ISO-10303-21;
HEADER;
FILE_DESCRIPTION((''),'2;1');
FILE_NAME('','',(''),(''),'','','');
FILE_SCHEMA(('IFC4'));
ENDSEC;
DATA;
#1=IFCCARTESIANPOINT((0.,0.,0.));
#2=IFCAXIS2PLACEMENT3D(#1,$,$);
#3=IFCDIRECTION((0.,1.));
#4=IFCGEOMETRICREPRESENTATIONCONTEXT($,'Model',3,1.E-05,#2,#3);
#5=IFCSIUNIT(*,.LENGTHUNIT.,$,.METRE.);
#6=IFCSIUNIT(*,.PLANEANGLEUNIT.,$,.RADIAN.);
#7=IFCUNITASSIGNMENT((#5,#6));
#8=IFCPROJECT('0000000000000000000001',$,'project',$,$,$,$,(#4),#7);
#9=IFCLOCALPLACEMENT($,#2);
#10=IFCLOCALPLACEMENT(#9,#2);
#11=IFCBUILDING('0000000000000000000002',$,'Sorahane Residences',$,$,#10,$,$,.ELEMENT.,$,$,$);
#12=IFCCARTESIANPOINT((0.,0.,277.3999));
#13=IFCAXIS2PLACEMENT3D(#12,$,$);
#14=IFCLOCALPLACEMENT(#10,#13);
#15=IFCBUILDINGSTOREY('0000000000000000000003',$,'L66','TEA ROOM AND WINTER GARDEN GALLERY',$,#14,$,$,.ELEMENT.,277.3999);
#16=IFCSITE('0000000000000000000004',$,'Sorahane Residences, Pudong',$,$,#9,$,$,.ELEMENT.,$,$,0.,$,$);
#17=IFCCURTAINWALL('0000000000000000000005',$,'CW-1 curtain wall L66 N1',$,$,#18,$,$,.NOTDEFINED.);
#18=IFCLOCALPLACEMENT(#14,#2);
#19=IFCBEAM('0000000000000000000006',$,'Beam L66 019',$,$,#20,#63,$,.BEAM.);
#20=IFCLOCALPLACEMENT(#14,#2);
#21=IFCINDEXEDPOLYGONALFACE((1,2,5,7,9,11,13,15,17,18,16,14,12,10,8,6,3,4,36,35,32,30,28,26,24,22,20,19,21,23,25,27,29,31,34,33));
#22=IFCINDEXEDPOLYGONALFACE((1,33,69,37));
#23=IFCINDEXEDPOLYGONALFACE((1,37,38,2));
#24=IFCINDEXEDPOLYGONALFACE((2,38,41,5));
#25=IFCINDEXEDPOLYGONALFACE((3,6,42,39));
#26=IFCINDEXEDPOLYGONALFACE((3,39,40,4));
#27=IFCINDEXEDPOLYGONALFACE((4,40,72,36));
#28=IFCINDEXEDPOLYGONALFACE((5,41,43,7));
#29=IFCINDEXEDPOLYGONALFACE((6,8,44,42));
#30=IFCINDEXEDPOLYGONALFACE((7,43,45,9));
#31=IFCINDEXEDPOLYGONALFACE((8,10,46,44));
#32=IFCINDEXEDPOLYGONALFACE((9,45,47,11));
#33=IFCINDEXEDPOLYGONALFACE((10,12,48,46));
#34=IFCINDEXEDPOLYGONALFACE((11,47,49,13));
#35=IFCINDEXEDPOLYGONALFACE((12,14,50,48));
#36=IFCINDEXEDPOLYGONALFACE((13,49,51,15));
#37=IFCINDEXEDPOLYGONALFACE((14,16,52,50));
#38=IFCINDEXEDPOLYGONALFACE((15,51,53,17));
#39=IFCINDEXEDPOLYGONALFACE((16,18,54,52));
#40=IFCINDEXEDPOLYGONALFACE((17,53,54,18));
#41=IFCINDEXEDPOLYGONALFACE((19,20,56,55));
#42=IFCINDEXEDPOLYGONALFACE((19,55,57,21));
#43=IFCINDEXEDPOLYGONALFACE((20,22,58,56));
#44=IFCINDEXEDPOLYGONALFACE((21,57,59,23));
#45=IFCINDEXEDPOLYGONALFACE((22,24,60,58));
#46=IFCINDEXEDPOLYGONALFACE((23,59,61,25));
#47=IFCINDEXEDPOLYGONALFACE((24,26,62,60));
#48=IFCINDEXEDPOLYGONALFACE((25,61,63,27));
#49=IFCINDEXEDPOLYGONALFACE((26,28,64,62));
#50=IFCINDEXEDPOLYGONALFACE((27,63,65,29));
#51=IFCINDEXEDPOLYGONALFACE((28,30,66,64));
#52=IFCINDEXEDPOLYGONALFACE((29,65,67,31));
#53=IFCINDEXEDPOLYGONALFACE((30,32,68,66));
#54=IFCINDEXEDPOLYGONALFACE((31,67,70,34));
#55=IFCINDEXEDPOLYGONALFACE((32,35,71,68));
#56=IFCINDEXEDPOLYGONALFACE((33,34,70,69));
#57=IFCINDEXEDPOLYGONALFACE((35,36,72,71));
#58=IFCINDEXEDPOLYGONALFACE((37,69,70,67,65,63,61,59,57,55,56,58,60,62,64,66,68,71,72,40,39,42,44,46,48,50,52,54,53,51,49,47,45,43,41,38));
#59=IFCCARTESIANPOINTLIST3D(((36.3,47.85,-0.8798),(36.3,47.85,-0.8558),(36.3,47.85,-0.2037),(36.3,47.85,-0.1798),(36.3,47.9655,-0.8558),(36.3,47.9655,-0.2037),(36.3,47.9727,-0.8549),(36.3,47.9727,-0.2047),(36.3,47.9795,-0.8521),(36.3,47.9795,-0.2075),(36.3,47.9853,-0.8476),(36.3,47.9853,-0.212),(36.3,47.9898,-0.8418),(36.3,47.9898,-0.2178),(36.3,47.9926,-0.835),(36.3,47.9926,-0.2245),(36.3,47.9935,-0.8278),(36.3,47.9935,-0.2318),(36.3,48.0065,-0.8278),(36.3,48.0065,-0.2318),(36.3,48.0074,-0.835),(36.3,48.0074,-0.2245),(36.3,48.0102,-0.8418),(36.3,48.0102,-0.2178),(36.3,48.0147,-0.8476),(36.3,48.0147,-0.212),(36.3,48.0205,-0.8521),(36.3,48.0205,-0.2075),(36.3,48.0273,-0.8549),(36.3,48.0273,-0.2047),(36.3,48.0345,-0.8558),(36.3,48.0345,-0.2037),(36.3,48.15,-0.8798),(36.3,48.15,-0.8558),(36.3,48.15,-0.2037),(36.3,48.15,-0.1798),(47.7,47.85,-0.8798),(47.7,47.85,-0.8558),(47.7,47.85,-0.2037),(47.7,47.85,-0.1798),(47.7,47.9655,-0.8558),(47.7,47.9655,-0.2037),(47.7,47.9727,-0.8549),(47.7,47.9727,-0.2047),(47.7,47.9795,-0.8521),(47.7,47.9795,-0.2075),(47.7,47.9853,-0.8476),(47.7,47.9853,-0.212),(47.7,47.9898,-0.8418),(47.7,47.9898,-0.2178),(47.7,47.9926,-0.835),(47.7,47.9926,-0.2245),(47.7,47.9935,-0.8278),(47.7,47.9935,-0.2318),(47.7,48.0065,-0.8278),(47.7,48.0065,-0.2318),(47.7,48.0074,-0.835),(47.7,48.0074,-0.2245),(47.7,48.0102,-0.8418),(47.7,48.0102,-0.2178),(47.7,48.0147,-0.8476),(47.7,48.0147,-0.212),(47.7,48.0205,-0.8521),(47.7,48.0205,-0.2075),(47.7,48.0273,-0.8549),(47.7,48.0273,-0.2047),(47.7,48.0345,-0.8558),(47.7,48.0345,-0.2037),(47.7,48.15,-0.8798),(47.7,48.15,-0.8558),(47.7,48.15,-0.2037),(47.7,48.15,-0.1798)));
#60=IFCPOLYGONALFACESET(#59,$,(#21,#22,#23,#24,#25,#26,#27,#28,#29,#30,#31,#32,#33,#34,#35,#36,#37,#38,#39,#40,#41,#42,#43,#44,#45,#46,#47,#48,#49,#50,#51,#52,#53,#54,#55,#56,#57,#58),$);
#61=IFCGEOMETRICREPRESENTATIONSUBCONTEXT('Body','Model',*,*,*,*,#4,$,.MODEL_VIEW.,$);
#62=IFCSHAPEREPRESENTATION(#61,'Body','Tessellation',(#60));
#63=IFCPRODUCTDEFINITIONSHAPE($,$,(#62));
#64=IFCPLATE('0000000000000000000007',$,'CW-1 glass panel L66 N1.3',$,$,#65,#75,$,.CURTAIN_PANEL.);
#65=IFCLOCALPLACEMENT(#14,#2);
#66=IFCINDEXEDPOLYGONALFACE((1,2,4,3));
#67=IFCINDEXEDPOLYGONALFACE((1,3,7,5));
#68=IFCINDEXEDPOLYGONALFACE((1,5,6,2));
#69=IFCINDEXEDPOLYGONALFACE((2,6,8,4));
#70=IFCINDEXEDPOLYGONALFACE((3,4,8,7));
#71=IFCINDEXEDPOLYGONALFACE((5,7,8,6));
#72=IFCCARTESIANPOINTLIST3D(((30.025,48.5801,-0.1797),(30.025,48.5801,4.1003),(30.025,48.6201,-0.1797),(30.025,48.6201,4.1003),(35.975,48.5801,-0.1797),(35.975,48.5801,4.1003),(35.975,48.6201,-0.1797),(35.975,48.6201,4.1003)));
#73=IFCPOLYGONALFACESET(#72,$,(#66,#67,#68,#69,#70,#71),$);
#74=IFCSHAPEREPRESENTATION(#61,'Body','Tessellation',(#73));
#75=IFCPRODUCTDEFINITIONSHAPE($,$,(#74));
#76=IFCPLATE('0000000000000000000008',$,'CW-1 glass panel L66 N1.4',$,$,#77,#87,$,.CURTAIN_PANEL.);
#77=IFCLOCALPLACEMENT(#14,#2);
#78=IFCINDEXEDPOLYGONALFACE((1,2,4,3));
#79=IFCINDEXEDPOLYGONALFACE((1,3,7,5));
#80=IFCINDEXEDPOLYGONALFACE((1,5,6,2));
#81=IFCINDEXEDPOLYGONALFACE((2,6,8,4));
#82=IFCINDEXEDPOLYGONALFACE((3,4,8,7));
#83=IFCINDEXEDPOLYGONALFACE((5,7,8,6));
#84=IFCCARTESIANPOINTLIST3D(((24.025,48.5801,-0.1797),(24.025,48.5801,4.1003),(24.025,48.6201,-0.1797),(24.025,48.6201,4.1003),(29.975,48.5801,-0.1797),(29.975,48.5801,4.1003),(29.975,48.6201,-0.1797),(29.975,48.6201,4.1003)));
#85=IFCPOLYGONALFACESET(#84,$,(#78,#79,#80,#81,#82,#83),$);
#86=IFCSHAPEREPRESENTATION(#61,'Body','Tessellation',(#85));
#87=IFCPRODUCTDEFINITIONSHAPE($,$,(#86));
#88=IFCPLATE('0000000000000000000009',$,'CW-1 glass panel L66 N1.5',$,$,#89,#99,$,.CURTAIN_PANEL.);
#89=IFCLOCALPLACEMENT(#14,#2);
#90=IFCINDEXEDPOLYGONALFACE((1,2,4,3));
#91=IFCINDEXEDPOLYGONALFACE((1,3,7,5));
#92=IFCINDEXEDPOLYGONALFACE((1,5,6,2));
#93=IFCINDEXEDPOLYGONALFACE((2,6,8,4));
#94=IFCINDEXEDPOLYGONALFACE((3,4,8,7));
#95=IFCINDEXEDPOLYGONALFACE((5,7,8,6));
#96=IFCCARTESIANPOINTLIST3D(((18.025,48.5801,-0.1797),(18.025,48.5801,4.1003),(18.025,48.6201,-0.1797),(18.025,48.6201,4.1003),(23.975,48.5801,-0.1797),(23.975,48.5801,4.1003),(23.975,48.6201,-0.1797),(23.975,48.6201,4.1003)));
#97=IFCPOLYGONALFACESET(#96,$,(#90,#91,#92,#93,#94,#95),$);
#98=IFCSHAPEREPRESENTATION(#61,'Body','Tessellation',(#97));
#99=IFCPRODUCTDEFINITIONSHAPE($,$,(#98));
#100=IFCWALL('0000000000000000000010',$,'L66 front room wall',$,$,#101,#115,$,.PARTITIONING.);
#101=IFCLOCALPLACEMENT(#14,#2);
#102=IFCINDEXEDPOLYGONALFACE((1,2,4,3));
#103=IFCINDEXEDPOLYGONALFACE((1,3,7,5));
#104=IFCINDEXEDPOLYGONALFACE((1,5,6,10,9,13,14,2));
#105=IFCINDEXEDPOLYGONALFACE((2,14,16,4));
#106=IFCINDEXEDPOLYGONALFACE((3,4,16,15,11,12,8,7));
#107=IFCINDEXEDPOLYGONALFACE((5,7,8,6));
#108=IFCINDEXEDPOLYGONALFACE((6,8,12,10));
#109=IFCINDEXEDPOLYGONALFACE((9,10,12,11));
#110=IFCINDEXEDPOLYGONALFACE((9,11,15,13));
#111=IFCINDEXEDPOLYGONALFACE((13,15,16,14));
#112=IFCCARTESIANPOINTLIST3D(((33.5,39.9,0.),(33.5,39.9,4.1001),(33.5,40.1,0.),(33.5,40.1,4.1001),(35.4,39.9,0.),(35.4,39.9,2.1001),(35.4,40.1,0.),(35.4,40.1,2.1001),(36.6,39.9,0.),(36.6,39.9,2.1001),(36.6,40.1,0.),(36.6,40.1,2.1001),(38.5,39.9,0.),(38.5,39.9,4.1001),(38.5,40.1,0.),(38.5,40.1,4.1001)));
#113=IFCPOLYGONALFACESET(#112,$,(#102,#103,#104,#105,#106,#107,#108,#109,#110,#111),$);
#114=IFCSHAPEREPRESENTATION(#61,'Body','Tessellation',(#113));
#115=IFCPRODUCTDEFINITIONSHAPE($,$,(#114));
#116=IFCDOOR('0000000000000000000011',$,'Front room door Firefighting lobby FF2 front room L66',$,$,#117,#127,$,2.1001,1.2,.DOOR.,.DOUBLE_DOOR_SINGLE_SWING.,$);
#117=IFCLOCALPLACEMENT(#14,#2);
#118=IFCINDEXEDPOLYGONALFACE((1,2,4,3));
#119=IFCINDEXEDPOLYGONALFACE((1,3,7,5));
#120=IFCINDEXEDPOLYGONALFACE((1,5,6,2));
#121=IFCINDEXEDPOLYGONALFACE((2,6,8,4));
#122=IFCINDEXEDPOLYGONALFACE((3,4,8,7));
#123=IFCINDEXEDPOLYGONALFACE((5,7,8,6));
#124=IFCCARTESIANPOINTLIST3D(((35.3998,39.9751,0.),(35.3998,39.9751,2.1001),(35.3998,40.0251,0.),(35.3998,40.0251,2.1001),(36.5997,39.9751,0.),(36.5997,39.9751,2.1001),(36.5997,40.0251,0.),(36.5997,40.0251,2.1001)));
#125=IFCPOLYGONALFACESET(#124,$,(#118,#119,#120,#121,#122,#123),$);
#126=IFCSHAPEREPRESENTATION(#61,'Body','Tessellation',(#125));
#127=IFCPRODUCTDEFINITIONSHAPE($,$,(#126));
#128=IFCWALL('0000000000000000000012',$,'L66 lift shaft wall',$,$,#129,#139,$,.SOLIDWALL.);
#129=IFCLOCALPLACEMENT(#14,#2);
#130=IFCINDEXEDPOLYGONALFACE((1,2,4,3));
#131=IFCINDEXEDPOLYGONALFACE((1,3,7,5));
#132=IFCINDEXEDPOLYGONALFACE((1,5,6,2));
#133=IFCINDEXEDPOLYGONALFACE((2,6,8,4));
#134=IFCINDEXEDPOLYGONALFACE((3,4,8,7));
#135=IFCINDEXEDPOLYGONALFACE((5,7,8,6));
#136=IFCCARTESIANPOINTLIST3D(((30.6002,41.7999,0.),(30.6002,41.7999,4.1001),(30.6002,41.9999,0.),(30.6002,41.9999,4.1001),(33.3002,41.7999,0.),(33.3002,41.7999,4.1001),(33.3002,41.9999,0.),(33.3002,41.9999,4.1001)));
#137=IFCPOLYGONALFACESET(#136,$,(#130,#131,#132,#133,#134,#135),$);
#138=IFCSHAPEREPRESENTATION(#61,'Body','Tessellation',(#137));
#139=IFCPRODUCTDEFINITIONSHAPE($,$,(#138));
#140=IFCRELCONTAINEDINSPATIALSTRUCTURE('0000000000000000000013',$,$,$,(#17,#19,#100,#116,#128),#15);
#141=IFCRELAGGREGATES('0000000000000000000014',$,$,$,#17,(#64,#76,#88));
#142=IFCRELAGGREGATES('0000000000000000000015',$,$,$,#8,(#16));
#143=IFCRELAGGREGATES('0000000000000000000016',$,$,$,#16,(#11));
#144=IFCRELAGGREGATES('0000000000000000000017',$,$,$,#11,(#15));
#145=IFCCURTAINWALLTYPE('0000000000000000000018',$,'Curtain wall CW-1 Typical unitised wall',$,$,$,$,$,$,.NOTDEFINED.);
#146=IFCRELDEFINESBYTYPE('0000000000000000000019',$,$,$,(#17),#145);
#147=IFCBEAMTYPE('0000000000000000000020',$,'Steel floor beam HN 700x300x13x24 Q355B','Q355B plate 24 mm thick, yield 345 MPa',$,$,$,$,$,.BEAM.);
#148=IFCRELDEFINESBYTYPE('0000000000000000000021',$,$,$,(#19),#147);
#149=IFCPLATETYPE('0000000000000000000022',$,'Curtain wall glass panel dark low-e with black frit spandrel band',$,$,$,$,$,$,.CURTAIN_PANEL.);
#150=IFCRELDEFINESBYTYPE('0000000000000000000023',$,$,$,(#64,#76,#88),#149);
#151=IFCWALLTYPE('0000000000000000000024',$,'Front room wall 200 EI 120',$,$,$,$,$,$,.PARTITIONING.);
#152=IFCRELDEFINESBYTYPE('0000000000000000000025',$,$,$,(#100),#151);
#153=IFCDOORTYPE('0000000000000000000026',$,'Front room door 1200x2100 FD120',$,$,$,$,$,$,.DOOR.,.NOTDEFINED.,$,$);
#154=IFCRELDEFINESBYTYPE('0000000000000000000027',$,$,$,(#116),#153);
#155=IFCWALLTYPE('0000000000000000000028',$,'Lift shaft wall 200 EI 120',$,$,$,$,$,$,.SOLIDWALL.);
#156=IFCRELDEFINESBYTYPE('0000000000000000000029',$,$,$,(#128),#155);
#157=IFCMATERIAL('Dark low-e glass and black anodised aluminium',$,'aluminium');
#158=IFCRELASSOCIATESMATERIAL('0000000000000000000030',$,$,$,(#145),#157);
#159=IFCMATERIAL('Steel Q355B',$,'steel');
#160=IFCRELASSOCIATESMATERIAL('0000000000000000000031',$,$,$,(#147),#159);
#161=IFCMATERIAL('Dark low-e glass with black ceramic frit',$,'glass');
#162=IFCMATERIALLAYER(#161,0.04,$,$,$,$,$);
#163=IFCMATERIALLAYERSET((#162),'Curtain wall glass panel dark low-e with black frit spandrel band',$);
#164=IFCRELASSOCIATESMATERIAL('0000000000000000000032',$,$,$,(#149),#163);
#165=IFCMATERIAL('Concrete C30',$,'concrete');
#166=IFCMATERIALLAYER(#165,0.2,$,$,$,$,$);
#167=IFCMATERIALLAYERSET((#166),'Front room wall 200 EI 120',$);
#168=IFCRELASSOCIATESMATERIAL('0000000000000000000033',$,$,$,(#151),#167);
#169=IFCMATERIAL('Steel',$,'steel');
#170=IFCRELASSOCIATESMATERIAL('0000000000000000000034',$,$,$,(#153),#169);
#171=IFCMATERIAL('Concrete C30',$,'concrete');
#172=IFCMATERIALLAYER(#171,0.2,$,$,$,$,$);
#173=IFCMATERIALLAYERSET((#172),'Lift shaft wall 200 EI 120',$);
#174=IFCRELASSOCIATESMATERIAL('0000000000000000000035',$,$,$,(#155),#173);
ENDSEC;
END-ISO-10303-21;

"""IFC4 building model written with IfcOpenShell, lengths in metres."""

from ifc_helpers import new_model, si_unit, direction, frame, frame_2d, origin, origin_2d, place, context, subcontext, project, spatial, rectangle, i_section, extrude, material, layer, layer_set, material_profile, profile_set, type_object, element, fill, aggregate, save


model = new_model("IFC4")

# Units and contexts
model_context = context("Model", 3, precision=1e-05, world=origin(), true_north=direction((0.0, 1.0)))
body_context = subcontext(model_context, "Body", "Model", "MODEL_VIEW")
ifc_project = project(units=[si_unit("LENGTHUNIT", "METRE"), si_unit("PLANEANGLEUNIT", "RADIAN")], contexts=[model_context])

# Site, building, storey
site_placement = place(None, origin())
site = spatial("IfcSite", under=ifc_project, at=site_placement, Name="Sorahane Residences, Pudong", CompositionType="ELEMENT", RefElevation=0.0)
building_placement = place(site_placement, origin())
building = spatial("IfcBuilding", under=site, at=building_placement, Name="Sorahane Residences", CompositionType="ELEMENT")
storey_placement = place(building_placement, frame((0.0, 0.0, 277.3999)))
storey = spatial("IfcBuildingStorey", under=building, at=storey_placement, Name="L66", Description="TEA ROOM AND WINTER GARDEN GALLERY", CompositionType="ELEMENT", Elevation=277.3999)

# Curtain wall
ifc_material_1 = material(Name="Dark low-e glass and black anodised aluminium", Category="aluminium")
curtain_wall_type = type_object("IfcCurtainWallType", Name="Curtain wall CW-1 Typical unitised wall", PredefinedType="NOTDEFINED", material=ifc_material_1)
curtain_wall_placement = place(storey_placement, origin())
curtain_wall = element("IfcCurtainWall", 1, at=curtain_wall_placement, inside=storey, type_object=curtain_wall_type, Name="CW-1 curtain wall L66 N1", PredefinedType="NOTDEFINED")

# Beam
ifc_material_2 = material(Name="Steel Q355B", Category="steel")
ifc_material_profile_1 = material_profile(ifc_material_2, i_section(OverallWidth=0.3, OverallDepth=0.7, WebThickness=0.0129, FlangeThickness=0.0239, FilletRadius=0.0281, at=origin_2d()), Name="HN 700x300x13x24")
ifc_profile_set_1 = profile_set([ifc_material_profile_1], Name="Steel Q355B")
beam_type_1 = type_object("IfcBeamType", Name="Steel floor beam HN 700x300x13x24 Q355B", Description="Q355B plate 24 mm thick, yield 345 MPa", PredefinedType="BEAM", material=ifc_profile_set_1)
for number, where, z_axis, x_axis, name in (
    (2, (36.3, 48.0, -0.5298), (1.0, 0.0, 0.0), (0.0, 1.0, 0.0), "Beam L66 019"),
):
    element("IfcBeam", number, at=place(storey_placement, frame(where, z_axis=z_axis, x_axis=x_axis)), inside=storey, type_object=beam_type_1, Name=name, PredefinedType="BEAM", context=body_context, shape_type="SweptSolid", body=[
        extrude(i_section(OverallWidth=0.3, OverallDepth=0.7, WebThickness=0.0129, FlangeThickness=0.0239, FilletRadius=0.0281, at=origin_2d()), origin(), (0.0, 0.0, 1.0), 11.3999),
    ])

# Plates
ifc_material_3 = material(Name="Dark low-e glass with black ceramic frit", Category="glass")
ifc_layer_1 = layer(ifc_material_3, 0.04)
ifc_layer_set_1 = layer_set([ifc_layer_1], Name="Curtain wall glass panel dark low-e with black frit spandrel band")
plate_type = type_object("IfcPlateType", Name="Curtain wall glass panel dark low-e with black frit spandrel band", PredefinedType="CURTAIN_PANEL", material=ifc_layer_set_1)
plate_1_placement = place(storey_placement, frame((33.0, 48.6001, -0.1797), z_axis=(0.0, 0.0, 1.0), x_axis=(-1.0, 0.0, 0.0)))
plate_1 = element("IfcPlate", 3, at=plate_1_placement, type_object=plate_type, Name="CW-1 glass panel L66 N1.3", PredefinedType="CURTAIN_PANEL", context=body_context, shape_type="SweptSolid", body=[
    extrude(rectangle(XDim=5.95, YDim=0.04, at=origin_2d()), origin(), (0.0, 0.0, 1.0), 4.28),
])
plate_2_placement = place(storey_placement, frame((27.0, 48.6001, -0.1797), z_axis=(0.0, 0.0, 1.0), x_axis=(-1.0, 0.0, 0.0)))
plate_2 = element("IfcPlate", 4, at=plate_2_placement, type_object=plate_type, Name="CW-1 glass panel L66 N1.4", PredefinedType="CURTAIN_PANEL", context=body_context, shape_type="SweptSolid", body=[
    extrude(rectangle(XDim=5.95, YDim=0.04, at=origin_2d()), origin(), (0.0, 0.0, 1.0), 4.28),
])
plate_3_placement = place(storey_placement, frame((21.0, 48.6001, -0.1797), z_axis=(0.0, 0.0, 1.0), x_axis=(-1.0, 0.0, 0.0)))
plate_3 = element("IfcPlate", 5, at=plate_3_placement, type_object=plate_type, Name="CW-1 glass panel L66 N1.5", PredefinedType="CURTAIN_PANEL", context=body_context, shape_type="SweptSolid", body=[
    extrude(rectangle(XDim=5.95, YDim=0.04, at=origin_2d()), origin(), (0.0, 0.0, 1.0), 4.28),
])
aggregate(curtain_wall, [plate_1, plate_2, plate_3])

# Wall, opening, door
ifc_material_4 = material(Name="Concrete C30", Category="concrete")
ifc_layer_2 = layer(ifc_material_4, 0.2)
ifc_layer_set_2 = layer_set([ifc_layer_2], Name="Front room wall 200 EI 120")
wall_type_1 = type_object("IfcWallType", Name="Front room wall 200 EI 120", PredefinedType="PARTITIONING", material=ifc_layer_set_2)
wall_1_placement = place(storey_placement, frame((33.5, 40.0, 0.0), z_axis=(0.0, 0.0, 1.0), x_axis=(1.0, 0.0, 0.0)))
wall_1 = element("IfcWall", 6, at=wall_1_placement, inside=storey, type_object=wall_type_1, Name="L66 front room wall", PredefinedType="PARTITIONING", context=body_context, shape_type="SweptSolid", body=[
    extrude(rectangle(XDim=5.0, YDim=0.2, at=frame_2d((2.5, 0.0))), origin(), (0.0, 0.0, 1.0), 4.1001),
])
opening_placement = place(wall_1_placement, frame((1.8999, 0.0, 0.0)))
opening = element("IfcOpeningElement", 7, at=opening_placement, cuts=wall_1, PredefinedType="OPENING", context=body_context, shape_type="SweptSolid", body=[
    extrude(rectangle(XDim=1.2, YDim=2.1001, at=frame_2d((0.6001, 1.05))), frame((0.0, 0.1099, 0.0), z_axis=(0.0, -1.0, 0.0), x_axis=(1.0, 0.0, 0.0)), (0.0, 0.0, 1.0), 0.22),
])
ifc_material_5 = material(Name="Steel", Category="steel")
door_type = type_object("IfcDoorType", Name="Front room door 1200x2100 FD120", OperationType="NOTDEFINED", PredefinedType="DOOR", material=ifc_material_5)
door_placement = place(opening_placement, frame((1.2, 0.0, 0.0), z_axis=(0.0, 0.0, 1.0), x_axis=(-1.0, 0.0, 0.0)))
door = element("IfcDoor", 8, at=door_placement, inside=storey, type_object=door_type, Name="Front room door Firefighting lobby FF2 front room L66", OperationType="DOUBLE_DOOR_SINGLE_SWING", OverallHeight=2.1001, OverallWidth=1.2, PredefinedType="DOOR", context=body_context, shape_type="SweptSolid", body=[
    extrude(rectangle(XDim=1.2, YDim=2.1001, at=frame_2d((0.6001, 1.05))), frame((0.0, 0.0249, 0.0), z_axis=(0.0, -1.0, 0.0), x_axis=(1.0, 0.0, 0.0)), (0.0, 0.0, 1.0), 0.05),
])
fill(opening, door)

# Wall
ifc_material_6 = material(Name="Concrete C30", Category="concrete")
ifc_layer_3 = layer(ifc_material_6, 0.2)
ifc_layer_set_3 = layer_set([ifc_layer_3], Name="Lift shaft wall 200 EI 120")
wall_type_2 = type_object("IfcWallType", Name="Lift shaft wall 200 EI 120", PredefinedType="SOLIDWALL", material=ifc_layer_set_3)
wall_2_placement = place(storey_placement, frame((30.6001, 41.8999, 0.0), z_axis=(0.0, 0.0, 1.0), x_axis=(1.0, 0.0, 0.0)))
element("IfcWall", 9, at=wall_2_placement, inside=storey, type_object=wall_type_2, Name="L66 lift shaft wall", PredefinedType="SOLIDWALL", context=body_context, shape_type="SweptSolid", body=[
    extrude(rectangle(XDim=2.7, YDim=0.2, at=frame_2d((1.3501, 0.0))), origin(), (0.0, 0.0, 1.0), 4.1001),
])

save(model, "model.ifc")
